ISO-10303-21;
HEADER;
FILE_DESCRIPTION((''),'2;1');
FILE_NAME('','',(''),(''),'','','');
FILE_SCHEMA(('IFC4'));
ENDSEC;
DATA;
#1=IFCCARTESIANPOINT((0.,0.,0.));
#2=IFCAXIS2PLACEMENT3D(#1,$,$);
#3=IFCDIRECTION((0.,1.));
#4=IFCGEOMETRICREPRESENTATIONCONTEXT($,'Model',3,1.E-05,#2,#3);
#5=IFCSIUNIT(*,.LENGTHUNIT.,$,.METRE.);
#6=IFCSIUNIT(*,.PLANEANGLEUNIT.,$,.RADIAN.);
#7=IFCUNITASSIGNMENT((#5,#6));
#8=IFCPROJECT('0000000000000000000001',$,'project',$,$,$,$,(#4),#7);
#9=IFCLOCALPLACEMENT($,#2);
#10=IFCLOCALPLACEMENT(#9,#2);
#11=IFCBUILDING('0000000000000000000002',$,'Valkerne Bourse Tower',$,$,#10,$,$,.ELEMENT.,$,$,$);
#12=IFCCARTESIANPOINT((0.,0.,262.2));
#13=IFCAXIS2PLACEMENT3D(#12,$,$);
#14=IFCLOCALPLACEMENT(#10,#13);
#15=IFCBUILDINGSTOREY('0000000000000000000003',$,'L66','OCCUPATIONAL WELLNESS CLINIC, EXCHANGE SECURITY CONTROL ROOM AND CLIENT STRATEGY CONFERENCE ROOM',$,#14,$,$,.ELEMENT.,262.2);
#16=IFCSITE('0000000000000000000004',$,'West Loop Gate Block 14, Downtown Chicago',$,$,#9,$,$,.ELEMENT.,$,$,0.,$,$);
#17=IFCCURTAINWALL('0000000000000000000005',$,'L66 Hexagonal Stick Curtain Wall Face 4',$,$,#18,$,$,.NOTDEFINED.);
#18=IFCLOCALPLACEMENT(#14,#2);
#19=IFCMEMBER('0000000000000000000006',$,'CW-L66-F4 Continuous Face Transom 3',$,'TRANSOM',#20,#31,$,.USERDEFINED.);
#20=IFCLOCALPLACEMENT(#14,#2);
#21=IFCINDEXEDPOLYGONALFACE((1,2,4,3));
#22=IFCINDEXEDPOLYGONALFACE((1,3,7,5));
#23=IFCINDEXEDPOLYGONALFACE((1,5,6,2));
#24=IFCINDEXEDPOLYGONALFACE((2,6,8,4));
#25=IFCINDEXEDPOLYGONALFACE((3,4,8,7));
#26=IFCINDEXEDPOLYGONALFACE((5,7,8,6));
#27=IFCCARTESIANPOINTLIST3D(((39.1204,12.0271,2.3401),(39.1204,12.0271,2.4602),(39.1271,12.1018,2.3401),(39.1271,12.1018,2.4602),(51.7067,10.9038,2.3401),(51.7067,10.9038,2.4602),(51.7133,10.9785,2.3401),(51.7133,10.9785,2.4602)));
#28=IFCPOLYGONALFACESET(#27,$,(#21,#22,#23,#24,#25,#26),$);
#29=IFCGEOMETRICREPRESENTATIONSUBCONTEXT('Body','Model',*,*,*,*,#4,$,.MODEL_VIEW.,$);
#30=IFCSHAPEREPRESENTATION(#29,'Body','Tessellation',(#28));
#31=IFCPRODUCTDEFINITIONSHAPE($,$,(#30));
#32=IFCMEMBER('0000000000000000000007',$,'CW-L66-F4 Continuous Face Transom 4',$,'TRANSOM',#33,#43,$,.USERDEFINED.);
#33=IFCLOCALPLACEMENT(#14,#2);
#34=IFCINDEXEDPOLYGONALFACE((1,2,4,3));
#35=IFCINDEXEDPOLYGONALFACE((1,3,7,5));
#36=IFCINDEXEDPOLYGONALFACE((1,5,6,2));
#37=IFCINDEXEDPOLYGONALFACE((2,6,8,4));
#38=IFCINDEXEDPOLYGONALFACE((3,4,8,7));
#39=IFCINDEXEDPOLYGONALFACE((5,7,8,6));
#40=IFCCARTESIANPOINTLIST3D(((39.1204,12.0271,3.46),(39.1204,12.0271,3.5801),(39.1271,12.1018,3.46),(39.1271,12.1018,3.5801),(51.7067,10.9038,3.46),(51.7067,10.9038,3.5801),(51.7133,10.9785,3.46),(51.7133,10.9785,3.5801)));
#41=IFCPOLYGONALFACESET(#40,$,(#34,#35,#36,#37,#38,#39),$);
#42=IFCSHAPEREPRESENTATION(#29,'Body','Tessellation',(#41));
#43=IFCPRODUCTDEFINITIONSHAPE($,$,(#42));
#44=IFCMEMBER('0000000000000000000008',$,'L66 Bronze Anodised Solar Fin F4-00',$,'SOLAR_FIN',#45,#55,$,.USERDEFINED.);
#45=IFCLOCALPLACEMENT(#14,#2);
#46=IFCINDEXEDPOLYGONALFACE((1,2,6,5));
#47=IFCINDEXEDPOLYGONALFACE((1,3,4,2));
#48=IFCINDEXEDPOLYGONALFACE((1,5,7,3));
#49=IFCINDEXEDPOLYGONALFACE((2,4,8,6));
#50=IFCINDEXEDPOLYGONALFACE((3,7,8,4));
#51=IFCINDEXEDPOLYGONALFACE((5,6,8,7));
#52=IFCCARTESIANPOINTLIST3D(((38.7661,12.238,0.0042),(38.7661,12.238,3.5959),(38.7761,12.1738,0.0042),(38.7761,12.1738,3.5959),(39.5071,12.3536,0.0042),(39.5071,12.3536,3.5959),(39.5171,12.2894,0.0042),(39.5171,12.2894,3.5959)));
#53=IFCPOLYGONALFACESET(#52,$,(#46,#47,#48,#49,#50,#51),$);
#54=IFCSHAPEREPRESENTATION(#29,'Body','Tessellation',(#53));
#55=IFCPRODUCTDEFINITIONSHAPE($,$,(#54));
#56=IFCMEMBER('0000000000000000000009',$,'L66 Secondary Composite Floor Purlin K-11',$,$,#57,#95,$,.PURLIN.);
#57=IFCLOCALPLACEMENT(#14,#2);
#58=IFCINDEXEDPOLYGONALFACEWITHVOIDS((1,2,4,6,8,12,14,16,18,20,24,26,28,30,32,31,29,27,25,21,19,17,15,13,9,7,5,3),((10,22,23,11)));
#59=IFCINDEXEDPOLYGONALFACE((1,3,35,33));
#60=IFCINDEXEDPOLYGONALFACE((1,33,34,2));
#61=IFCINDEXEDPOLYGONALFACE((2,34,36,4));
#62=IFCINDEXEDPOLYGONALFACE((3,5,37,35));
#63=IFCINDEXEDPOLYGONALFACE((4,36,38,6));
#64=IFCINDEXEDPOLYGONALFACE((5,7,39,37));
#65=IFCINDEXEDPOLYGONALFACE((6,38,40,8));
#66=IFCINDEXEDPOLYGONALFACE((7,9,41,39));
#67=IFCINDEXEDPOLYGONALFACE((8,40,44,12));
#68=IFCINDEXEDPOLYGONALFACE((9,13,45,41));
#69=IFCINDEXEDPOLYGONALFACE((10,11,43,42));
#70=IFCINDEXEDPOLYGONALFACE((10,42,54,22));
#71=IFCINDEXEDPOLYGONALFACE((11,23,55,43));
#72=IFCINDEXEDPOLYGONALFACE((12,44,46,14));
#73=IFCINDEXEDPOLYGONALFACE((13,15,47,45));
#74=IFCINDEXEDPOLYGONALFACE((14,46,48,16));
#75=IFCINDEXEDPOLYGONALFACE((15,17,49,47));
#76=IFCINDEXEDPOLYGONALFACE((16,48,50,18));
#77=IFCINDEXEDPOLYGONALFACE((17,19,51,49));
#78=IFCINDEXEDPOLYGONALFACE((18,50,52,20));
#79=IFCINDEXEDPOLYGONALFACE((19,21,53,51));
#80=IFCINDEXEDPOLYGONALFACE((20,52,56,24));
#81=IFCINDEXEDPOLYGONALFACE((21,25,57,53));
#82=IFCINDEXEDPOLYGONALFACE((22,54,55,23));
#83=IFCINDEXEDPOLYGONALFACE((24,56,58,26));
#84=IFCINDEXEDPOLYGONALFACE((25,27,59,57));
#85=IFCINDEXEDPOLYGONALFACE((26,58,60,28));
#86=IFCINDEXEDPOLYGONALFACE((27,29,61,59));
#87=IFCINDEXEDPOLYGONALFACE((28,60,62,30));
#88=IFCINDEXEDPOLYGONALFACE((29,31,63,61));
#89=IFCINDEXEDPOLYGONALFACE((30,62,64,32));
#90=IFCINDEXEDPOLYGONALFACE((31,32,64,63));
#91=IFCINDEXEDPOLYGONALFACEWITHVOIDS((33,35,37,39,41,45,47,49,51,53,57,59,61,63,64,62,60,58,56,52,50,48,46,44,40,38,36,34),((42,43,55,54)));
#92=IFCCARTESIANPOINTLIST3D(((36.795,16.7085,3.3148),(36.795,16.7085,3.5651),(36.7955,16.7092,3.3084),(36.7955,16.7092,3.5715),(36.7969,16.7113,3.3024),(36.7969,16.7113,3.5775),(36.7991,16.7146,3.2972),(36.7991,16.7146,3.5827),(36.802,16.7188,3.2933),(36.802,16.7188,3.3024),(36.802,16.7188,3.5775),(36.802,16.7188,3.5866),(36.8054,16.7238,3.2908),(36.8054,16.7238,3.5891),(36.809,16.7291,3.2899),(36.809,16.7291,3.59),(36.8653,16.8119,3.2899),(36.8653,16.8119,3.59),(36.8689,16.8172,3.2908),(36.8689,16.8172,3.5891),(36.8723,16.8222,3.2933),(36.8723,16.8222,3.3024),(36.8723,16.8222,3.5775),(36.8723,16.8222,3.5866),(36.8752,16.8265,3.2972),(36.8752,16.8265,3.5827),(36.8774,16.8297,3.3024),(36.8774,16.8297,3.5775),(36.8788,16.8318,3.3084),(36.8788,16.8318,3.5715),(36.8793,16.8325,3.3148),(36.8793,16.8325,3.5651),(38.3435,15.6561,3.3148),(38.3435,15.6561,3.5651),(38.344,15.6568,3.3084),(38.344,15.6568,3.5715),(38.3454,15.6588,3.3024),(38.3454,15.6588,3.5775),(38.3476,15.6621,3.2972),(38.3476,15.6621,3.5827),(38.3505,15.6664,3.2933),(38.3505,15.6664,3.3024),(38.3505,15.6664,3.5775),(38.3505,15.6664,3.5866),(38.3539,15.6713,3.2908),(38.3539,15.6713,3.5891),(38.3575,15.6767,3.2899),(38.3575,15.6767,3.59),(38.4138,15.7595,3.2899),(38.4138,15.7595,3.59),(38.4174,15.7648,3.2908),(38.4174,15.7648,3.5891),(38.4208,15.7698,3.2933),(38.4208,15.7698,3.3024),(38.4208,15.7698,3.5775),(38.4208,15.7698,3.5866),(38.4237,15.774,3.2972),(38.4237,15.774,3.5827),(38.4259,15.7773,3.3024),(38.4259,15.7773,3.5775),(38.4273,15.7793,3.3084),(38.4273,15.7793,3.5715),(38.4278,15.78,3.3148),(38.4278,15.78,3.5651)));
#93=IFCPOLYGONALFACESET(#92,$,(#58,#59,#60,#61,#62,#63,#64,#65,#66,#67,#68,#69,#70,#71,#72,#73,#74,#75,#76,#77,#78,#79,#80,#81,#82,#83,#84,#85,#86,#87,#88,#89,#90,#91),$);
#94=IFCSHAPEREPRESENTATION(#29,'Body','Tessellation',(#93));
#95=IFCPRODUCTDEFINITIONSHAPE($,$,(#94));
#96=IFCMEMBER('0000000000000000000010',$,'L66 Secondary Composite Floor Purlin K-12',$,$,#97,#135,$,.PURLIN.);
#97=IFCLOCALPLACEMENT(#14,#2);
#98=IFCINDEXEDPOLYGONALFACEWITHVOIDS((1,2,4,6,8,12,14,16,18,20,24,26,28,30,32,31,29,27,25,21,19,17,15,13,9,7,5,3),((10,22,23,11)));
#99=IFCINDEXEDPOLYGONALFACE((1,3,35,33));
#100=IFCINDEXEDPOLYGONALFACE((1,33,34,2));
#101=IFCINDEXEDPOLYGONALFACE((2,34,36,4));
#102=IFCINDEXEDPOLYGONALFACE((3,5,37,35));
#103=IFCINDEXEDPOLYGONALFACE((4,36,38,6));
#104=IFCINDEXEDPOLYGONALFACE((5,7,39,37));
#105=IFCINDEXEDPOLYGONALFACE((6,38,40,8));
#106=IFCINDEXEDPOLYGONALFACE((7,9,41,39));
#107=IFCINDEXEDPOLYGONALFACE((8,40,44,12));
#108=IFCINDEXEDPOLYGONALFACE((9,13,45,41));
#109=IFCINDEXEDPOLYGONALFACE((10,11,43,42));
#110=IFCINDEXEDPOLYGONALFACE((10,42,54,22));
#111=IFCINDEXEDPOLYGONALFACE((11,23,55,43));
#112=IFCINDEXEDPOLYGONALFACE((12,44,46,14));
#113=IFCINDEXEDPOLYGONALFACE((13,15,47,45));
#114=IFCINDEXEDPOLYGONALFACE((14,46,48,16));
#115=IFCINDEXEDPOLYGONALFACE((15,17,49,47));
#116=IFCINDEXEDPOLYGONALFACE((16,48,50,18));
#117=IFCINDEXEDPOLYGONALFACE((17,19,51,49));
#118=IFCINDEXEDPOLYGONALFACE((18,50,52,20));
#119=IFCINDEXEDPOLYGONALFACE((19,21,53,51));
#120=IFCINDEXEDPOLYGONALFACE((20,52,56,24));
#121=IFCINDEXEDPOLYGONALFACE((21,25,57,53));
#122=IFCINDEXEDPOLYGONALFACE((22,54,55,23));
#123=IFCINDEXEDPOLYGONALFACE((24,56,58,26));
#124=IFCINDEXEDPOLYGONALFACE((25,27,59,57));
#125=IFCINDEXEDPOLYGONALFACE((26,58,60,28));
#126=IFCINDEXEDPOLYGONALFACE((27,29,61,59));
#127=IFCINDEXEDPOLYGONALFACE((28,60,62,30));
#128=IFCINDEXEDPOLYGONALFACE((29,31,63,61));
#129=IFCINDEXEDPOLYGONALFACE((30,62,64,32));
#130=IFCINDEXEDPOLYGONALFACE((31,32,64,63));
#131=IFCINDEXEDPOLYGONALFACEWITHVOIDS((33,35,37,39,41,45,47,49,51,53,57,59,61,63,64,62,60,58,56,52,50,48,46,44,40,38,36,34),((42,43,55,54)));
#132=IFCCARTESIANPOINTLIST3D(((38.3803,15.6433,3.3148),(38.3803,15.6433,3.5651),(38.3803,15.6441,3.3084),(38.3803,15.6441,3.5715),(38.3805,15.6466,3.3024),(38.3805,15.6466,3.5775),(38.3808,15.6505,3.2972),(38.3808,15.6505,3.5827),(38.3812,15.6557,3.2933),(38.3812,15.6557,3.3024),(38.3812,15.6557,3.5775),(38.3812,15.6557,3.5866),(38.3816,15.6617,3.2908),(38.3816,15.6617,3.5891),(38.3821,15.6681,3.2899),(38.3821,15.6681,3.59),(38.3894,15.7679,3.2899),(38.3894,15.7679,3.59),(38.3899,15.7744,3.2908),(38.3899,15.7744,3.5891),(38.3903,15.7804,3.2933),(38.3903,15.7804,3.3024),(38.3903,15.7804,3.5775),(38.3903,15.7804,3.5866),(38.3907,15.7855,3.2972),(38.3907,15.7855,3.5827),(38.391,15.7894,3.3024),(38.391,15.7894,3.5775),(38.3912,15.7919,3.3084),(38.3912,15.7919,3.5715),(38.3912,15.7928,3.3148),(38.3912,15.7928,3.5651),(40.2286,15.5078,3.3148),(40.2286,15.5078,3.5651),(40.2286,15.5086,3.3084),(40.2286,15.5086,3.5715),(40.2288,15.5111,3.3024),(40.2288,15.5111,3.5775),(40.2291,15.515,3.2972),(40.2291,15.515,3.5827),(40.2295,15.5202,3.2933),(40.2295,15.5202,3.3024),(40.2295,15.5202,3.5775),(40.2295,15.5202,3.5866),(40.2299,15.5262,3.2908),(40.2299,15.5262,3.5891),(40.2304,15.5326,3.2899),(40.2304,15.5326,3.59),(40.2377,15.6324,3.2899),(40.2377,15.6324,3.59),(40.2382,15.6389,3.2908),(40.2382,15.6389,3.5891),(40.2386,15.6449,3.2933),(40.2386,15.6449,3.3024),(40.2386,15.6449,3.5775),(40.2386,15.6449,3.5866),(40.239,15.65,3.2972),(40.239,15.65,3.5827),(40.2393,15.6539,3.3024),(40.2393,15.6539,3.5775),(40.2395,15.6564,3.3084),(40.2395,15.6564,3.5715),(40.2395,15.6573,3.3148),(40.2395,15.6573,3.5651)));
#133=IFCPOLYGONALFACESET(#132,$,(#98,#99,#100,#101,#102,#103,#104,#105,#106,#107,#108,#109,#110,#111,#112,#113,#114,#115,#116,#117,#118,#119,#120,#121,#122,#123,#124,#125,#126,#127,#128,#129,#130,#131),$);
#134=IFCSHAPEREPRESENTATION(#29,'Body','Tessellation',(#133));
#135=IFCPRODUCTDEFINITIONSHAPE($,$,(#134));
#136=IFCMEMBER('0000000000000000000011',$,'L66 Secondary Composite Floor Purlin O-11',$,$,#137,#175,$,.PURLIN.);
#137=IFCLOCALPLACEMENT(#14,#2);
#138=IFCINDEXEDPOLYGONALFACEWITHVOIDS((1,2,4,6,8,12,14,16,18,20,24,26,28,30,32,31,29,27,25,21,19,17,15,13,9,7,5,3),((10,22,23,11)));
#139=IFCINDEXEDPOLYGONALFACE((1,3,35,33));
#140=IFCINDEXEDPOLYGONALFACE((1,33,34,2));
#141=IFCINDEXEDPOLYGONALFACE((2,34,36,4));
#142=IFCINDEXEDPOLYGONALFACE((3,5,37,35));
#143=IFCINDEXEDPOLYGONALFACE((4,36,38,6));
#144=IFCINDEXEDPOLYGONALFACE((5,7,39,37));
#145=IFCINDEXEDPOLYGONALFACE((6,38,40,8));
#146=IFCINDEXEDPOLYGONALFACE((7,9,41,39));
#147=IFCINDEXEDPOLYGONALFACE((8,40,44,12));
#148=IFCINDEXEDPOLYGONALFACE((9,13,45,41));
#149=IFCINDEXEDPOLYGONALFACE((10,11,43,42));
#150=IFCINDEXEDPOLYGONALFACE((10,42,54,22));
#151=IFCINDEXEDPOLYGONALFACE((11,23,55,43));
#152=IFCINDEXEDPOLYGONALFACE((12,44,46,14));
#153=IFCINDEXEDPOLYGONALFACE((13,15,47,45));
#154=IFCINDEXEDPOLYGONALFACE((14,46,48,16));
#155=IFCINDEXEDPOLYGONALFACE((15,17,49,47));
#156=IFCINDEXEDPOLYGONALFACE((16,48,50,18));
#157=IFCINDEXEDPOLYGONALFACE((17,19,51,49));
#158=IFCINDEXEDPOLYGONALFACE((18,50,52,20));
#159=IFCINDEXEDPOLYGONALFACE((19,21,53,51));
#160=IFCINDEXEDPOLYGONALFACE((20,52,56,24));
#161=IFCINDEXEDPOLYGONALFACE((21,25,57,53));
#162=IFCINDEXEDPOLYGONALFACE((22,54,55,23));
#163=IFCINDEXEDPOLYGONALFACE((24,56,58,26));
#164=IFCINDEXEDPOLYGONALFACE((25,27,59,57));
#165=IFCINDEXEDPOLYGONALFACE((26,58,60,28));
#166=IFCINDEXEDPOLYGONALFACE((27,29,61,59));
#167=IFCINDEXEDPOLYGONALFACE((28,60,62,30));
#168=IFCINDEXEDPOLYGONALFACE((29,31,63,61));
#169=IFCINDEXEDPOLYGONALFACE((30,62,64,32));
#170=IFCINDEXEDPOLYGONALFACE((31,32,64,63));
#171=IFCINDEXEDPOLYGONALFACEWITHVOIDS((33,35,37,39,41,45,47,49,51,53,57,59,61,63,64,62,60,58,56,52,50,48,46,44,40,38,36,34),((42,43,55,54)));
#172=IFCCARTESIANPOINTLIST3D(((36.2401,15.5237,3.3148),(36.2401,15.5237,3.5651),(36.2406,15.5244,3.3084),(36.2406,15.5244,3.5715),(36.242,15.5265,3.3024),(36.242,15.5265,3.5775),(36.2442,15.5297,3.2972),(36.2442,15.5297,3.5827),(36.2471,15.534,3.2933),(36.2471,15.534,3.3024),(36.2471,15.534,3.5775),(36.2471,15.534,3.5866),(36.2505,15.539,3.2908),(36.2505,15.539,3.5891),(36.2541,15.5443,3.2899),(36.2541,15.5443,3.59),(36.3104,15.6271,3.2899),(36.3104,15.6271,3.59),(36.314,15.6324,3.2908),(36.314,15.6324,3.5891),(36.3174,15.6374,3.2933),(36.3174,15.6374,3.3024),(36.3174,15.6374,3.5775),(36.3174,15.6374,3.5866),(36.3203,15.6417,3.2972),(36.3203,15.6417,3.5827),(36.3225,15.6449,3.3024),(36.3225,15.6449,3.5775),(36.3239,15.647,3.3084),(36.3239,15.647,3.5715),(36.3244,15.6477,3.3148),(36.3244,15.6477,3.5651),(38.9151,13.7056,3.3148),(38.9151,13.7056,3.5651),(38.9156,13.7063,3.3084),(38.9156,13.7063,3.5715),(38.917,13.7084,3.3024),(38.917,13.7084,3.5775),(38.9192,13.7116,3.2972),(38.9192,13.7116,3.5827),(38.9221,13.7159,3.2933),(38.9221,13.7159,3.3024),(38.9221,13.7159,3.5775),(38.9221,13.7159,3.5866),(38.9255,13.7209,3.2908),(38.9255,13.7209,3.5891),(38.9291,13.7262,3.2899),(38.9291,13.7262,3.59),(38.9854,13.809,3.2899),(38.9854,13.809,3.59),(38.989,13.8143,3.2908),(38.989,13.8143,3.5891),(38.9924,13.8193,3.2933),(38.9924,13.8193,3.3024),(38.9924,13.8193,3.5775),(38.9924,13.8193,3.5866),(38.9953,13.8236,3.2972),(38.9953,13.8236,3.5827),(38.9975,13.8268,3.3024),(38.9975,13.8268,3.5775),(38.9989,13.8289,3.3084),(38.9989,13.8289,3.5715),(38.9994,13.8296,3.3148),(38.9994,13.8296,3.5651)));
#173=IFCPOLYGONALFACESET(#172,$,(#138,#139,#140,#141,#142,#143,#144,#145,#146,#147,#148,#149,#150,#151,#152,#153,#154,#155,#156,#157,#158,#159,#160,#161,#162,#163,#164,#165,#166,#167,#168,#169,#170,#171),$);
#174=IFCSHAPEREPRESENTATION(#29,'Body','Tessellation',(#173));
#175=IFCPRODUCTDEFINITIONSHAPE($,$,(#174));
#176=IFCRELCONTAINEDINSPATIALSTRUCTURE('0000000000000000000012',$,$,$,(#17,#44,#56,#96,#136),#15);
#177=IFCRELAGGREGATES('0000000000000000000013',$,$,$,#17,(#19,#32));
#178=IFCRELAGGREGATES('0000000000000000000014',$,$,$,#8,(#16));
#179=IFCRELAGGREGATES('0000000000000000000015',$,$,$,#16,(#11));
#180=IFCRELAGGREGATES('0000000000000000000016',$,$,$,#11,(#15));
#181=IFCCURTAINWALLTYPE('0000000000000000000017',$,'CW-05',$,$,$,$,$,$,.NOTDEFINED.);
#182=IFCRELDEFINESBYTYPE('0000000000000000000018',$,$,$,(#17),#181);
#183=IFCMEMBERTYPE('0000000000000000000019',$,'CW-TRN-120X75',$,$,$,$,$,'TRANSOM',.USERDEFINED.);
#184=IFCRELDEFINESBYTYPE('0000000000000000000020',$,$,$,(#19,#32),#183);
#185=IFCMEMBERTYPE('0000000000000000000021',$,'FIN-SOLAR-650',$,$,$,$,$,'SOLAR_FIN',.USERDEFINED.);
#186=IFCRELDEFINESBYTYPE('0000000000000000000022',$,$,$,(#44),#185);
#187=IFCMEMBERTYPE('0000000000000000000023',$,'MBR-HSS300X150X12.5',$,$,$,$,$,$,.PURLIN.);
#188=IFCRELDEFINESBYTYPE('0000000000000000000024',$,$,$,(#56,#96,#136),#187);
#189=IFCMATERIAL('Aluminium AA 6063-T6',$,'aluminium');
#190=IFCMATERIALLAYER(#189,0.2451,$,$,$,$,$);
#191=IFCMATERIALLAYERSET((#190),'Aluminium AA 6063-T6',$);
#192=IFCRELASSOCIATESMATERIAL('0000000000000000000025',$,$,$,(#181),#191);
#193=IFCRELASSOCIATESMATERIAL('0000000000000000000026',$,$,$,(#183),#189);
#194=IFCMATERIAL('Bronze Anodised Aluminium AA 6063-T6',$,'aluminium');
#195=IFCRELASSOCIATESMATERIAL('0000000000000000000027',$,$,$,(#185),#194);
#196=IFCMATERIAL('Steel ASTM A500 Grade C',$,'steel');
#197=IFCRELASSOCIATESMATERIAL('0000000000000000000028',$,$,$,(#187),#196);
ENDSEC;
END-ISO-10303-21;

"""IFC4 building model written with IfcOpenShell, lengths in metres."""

from ifc_helpers import new_model, si_unit, direction, frame, origin, origin_2d, place, context, subcontext, project, spatial, rectangle, hollow_rectangle, extrude, material, layer, layer_set, material_profile, profile_set, type_object, element, aggregate, save


model = new_model("IFC4")

# Units and contexts
model_context = context("Model", 3, precision=1e-05, world=origin(), true_north=direction((0.0, 1.0)))
body_context = subcontext(model_context, "Body", "Model", "MODEL_VIEW")
ifc_project = project(units=[si_unit("LENGTHUNIT", "METRE"), si_unit("PLANEANGLEUNIT", "RADIAN")], contexts=[model_context])

# Site, building, storey
site_placement = place(None, origin())
site = spatial("IfcSite", under=ifc_project, at=site_placement, Name="West Loop Gate Block 14, Downtown Chicago", CompositionType="ELEMENT", RefElevation=0.0)
building_placement = place(site_placement, origin())
building = spatial("IfcBuilding", under=site, at=building_placement, Name="Valkerne Bourse Tower", CompositionType="ELEMENT")
storey_placement = place(building_placement, frame((0.0, 0.0, 262.2)))
storey = spatial("IfcBuildingStorey", under=building, at=storey_placement, Name="L66", Description="OCCUPATIONAL WELLNESS CLINIC, EXCHANGE SECURITY CONTROL ROOM AND CLIENT STRATEGY CONFERENCE ROOM", CompositionType="ELEMENT", Elevation=262.2)

# Curtain wall, members
ifc_material_1 = material(Name="Aluminium AA 6063-T6", Category="aluminium")
ifc_layer_1 = layer(ifc_material_1, 0.2451)
ifc_layer_set_1 = layer_set([ifc_layer_1], Name="Aluminium AA 6063-T6")
curtain_wall_type = type_object("IfcCurtainWallType", Name="CW-05", PredefinedType="NOTDEFINED", material=ifc_layer_set_1)
curtain_wall_placement = place(storey_placement, origin())
curtain_wall = element("IfcCurtainWall", 1, at=curtain_wall_placement, inside=storey, type_object=curtain_wall_type, Name="L66 Hexagonal Stick Curtain Wall Face 4", PredefinedType="NOTDEFINED")
ifc_material_profile_1 = material_profile(ifc_material_1, rectangle(XDim=0.075, YDim=0.1201, at=origin_2d()), Name="CWT-75X120")
ifc_profile_set_1 = profile_set([ifc_material_profile_1], Name="Aluminium AA 6063-T6")
member_type_1 = type_object("IfcMemberType", Name="CW-TRN-120X75", ElementType="TRANSOM", PredefinedType="USERDEFINED", material=ifc_profile_set_1)
member_1_placement = place(storey_placement, frame((39.1238, 12.0645, 2.4001), z_axis=(0.996041, -0.088895, 0.0), x_axis=(0.088895, 0.996041, 0.0)))
member_1 = element("IfcMember", 2, at=member_1_placement, type_object=member_type_1, Name="CW-L66-F4 Continuous Face Transom 3", ObjectType="TRANSOM", PredefinedType="USERDEFINED", context=body_context, shape_type="SweptSolid", body=[
    extrude(rectangle(XDim=0.075, YDim=0.1201, at=origin_2d()), origin(), (0.0, 0.0, 1.0), 12.6362),
])
member_2_placement = place(storey_placement, frame((39.1238, 12.0645, 3.52), z_axis=(0.996041, -0.088895, 0.0), x_axis=(0.088895, 0.996041, 0.0)))
member_2 = element("IfcMember", 3, at=member_2_placement, type_object=member_type_1, Name="CW-L66-F4 Continuous Face Transom 4", ObjectType="TRANSOM", PredefinedType="USERDEFINED", context=body_context, shape_type="SweptSolid", body=[
    extrude(rectangle(XDim=0.075, YDim=0.1201, at=origin_2d()), origin(), (0.0, 0.0, 1.0), 12.6362),
])
aggregate(curtain_wall, [member_1, member_2])

# Members
ifc_material_2 = material(Name="Bronze Anodised Aluminium AA 6063-T6", Category="aluminium")
ifc_material_profile_2 = material_profile(ifc_material_2, rectangle(XDim=0.0649, YDim=0.75, at=origin_2d()), Name="FIN-65X750")
ifc_profile_set_2 = profile_set([ifc_material_profile_2], Name="Bronze Anodised Aluminium AA 6063-T6")
member_type_2 = type_object("IfcMemberType", Name="FIN-SOLAR-650", ElementType="SOLAR_FIN", PredefinedType="USERDEFINED", material=ifc_profile_set_2)
member_3_placement = place(storey_placement, frame((39.1416, 12.2637, 0.0042), z_axis=(0.0, 0.0, 1.0), x_axis=(0.154135, -0.98805, 0.0)))
element("IfcMember", 4, at=member_3_placement, inside=storey, type_object=member_type_2, Name="L66 Bronze Anodised Solar Fin F4-00", ObjectType="SOLAR_FIN", PredefinedType="USERDEFINED", context=body_context, shape_type="SweptSolid", body=[
    extrude(rectangle(XDim=0.0649, YDim=0.75, at=origin_2d()), origin(), (0.0, 0.0, 1.0), 3.5918),
])
ifc_material_3 = material(Name="Steel ASTM A500 Grade C", Category="steel")
ifc_material_profile_3 = material_profile(ifc_material_3, hollow_rectangle(XDim=0.1499, YDim=0.3, WallThickness=0.0125, OuterFilletRadius=0.0249, at=origin_2d()), Name="HSS300X150X12.5")
ifc_profile_set_3 = profile_set([ifc_material_profile_3], Name="Steel ASTM A500 Grade C")
member_type_3 = type_object("IfcMemberType", Name="MBR-HSS300X150X12.5", PredefinedType="PURLIN", material=ifc_profile_set_3)
member_4_placement = place(storey_placement, frame((36.8372, 16.7705, 3.4399), z_axis=(0.827062, -0.56211, 0.0), x_axis=(0.56211, 0.827062, 0.0)))
element("IfcMember", 5, at=member_4_placement, inside=storey, type_object=member_type_3, Name="L66 Secondary Composite Floor Purlin K-11", PredefinedType="PURLIN", context=body_context, shape_type="SweptSolid", body=[
    extrude(hollow_rectangle(XDim=0.1499, YDim=0.3, WallThickness=0.0125, OuterFilletRadius=0.0249, at=origin_2d()), origin(), (0.0, 0.0, 1.0), 1.8723),
])
member_5_placement = place(storey_placement, frame((38.3857, 15.718, 3.4399), z_axis=(0.997324, -0.07311, 0.0), x_axis=(0.07311, 0.997324, 0.0)))
element("IfcMember", 6, at=member_5_placement, inside=storey, type_object=member_type_3, Name="L66 Secondary Composite Floor Purlin K-12", PredefinedType="PURLIN", context=body_context, shape_type="SweptSolid", body=[
    extrude(hollow_rectangle(XDim=0.1499, YDim=0.3, WallThickness=0.0125, OuterFilletRadius=0.0249, at=origin_2d()), origin(), (0.0, 0.0, 1.0), 1.8533),
])
member_6_placement = place(storey_placement, frame((36.2822, 15.5857, 3.4399), z_axis=(0.827058, -0.562116, 0.0), x_axis=(0.562116, 0.827058, 0.0)))
element("IfcMember", 7, at=member_6_placement, inside=storey, type_object=member_type_3, Name="L66 Secondary Composite Floor Purlin O-11", PredefinedType="PURLIN", context=body_context, shape_type="SweptSolid", body=[
    extrude(hollow_rectangle(XDim=0.1499, YDim=0.3, WallThickness=0.0125, OuterFilletRadius=0.0249, at=origin_2d()), origin(), (0.0, 0.0, 1.0), 3.2344),
])

save(model, "model.ifc")
